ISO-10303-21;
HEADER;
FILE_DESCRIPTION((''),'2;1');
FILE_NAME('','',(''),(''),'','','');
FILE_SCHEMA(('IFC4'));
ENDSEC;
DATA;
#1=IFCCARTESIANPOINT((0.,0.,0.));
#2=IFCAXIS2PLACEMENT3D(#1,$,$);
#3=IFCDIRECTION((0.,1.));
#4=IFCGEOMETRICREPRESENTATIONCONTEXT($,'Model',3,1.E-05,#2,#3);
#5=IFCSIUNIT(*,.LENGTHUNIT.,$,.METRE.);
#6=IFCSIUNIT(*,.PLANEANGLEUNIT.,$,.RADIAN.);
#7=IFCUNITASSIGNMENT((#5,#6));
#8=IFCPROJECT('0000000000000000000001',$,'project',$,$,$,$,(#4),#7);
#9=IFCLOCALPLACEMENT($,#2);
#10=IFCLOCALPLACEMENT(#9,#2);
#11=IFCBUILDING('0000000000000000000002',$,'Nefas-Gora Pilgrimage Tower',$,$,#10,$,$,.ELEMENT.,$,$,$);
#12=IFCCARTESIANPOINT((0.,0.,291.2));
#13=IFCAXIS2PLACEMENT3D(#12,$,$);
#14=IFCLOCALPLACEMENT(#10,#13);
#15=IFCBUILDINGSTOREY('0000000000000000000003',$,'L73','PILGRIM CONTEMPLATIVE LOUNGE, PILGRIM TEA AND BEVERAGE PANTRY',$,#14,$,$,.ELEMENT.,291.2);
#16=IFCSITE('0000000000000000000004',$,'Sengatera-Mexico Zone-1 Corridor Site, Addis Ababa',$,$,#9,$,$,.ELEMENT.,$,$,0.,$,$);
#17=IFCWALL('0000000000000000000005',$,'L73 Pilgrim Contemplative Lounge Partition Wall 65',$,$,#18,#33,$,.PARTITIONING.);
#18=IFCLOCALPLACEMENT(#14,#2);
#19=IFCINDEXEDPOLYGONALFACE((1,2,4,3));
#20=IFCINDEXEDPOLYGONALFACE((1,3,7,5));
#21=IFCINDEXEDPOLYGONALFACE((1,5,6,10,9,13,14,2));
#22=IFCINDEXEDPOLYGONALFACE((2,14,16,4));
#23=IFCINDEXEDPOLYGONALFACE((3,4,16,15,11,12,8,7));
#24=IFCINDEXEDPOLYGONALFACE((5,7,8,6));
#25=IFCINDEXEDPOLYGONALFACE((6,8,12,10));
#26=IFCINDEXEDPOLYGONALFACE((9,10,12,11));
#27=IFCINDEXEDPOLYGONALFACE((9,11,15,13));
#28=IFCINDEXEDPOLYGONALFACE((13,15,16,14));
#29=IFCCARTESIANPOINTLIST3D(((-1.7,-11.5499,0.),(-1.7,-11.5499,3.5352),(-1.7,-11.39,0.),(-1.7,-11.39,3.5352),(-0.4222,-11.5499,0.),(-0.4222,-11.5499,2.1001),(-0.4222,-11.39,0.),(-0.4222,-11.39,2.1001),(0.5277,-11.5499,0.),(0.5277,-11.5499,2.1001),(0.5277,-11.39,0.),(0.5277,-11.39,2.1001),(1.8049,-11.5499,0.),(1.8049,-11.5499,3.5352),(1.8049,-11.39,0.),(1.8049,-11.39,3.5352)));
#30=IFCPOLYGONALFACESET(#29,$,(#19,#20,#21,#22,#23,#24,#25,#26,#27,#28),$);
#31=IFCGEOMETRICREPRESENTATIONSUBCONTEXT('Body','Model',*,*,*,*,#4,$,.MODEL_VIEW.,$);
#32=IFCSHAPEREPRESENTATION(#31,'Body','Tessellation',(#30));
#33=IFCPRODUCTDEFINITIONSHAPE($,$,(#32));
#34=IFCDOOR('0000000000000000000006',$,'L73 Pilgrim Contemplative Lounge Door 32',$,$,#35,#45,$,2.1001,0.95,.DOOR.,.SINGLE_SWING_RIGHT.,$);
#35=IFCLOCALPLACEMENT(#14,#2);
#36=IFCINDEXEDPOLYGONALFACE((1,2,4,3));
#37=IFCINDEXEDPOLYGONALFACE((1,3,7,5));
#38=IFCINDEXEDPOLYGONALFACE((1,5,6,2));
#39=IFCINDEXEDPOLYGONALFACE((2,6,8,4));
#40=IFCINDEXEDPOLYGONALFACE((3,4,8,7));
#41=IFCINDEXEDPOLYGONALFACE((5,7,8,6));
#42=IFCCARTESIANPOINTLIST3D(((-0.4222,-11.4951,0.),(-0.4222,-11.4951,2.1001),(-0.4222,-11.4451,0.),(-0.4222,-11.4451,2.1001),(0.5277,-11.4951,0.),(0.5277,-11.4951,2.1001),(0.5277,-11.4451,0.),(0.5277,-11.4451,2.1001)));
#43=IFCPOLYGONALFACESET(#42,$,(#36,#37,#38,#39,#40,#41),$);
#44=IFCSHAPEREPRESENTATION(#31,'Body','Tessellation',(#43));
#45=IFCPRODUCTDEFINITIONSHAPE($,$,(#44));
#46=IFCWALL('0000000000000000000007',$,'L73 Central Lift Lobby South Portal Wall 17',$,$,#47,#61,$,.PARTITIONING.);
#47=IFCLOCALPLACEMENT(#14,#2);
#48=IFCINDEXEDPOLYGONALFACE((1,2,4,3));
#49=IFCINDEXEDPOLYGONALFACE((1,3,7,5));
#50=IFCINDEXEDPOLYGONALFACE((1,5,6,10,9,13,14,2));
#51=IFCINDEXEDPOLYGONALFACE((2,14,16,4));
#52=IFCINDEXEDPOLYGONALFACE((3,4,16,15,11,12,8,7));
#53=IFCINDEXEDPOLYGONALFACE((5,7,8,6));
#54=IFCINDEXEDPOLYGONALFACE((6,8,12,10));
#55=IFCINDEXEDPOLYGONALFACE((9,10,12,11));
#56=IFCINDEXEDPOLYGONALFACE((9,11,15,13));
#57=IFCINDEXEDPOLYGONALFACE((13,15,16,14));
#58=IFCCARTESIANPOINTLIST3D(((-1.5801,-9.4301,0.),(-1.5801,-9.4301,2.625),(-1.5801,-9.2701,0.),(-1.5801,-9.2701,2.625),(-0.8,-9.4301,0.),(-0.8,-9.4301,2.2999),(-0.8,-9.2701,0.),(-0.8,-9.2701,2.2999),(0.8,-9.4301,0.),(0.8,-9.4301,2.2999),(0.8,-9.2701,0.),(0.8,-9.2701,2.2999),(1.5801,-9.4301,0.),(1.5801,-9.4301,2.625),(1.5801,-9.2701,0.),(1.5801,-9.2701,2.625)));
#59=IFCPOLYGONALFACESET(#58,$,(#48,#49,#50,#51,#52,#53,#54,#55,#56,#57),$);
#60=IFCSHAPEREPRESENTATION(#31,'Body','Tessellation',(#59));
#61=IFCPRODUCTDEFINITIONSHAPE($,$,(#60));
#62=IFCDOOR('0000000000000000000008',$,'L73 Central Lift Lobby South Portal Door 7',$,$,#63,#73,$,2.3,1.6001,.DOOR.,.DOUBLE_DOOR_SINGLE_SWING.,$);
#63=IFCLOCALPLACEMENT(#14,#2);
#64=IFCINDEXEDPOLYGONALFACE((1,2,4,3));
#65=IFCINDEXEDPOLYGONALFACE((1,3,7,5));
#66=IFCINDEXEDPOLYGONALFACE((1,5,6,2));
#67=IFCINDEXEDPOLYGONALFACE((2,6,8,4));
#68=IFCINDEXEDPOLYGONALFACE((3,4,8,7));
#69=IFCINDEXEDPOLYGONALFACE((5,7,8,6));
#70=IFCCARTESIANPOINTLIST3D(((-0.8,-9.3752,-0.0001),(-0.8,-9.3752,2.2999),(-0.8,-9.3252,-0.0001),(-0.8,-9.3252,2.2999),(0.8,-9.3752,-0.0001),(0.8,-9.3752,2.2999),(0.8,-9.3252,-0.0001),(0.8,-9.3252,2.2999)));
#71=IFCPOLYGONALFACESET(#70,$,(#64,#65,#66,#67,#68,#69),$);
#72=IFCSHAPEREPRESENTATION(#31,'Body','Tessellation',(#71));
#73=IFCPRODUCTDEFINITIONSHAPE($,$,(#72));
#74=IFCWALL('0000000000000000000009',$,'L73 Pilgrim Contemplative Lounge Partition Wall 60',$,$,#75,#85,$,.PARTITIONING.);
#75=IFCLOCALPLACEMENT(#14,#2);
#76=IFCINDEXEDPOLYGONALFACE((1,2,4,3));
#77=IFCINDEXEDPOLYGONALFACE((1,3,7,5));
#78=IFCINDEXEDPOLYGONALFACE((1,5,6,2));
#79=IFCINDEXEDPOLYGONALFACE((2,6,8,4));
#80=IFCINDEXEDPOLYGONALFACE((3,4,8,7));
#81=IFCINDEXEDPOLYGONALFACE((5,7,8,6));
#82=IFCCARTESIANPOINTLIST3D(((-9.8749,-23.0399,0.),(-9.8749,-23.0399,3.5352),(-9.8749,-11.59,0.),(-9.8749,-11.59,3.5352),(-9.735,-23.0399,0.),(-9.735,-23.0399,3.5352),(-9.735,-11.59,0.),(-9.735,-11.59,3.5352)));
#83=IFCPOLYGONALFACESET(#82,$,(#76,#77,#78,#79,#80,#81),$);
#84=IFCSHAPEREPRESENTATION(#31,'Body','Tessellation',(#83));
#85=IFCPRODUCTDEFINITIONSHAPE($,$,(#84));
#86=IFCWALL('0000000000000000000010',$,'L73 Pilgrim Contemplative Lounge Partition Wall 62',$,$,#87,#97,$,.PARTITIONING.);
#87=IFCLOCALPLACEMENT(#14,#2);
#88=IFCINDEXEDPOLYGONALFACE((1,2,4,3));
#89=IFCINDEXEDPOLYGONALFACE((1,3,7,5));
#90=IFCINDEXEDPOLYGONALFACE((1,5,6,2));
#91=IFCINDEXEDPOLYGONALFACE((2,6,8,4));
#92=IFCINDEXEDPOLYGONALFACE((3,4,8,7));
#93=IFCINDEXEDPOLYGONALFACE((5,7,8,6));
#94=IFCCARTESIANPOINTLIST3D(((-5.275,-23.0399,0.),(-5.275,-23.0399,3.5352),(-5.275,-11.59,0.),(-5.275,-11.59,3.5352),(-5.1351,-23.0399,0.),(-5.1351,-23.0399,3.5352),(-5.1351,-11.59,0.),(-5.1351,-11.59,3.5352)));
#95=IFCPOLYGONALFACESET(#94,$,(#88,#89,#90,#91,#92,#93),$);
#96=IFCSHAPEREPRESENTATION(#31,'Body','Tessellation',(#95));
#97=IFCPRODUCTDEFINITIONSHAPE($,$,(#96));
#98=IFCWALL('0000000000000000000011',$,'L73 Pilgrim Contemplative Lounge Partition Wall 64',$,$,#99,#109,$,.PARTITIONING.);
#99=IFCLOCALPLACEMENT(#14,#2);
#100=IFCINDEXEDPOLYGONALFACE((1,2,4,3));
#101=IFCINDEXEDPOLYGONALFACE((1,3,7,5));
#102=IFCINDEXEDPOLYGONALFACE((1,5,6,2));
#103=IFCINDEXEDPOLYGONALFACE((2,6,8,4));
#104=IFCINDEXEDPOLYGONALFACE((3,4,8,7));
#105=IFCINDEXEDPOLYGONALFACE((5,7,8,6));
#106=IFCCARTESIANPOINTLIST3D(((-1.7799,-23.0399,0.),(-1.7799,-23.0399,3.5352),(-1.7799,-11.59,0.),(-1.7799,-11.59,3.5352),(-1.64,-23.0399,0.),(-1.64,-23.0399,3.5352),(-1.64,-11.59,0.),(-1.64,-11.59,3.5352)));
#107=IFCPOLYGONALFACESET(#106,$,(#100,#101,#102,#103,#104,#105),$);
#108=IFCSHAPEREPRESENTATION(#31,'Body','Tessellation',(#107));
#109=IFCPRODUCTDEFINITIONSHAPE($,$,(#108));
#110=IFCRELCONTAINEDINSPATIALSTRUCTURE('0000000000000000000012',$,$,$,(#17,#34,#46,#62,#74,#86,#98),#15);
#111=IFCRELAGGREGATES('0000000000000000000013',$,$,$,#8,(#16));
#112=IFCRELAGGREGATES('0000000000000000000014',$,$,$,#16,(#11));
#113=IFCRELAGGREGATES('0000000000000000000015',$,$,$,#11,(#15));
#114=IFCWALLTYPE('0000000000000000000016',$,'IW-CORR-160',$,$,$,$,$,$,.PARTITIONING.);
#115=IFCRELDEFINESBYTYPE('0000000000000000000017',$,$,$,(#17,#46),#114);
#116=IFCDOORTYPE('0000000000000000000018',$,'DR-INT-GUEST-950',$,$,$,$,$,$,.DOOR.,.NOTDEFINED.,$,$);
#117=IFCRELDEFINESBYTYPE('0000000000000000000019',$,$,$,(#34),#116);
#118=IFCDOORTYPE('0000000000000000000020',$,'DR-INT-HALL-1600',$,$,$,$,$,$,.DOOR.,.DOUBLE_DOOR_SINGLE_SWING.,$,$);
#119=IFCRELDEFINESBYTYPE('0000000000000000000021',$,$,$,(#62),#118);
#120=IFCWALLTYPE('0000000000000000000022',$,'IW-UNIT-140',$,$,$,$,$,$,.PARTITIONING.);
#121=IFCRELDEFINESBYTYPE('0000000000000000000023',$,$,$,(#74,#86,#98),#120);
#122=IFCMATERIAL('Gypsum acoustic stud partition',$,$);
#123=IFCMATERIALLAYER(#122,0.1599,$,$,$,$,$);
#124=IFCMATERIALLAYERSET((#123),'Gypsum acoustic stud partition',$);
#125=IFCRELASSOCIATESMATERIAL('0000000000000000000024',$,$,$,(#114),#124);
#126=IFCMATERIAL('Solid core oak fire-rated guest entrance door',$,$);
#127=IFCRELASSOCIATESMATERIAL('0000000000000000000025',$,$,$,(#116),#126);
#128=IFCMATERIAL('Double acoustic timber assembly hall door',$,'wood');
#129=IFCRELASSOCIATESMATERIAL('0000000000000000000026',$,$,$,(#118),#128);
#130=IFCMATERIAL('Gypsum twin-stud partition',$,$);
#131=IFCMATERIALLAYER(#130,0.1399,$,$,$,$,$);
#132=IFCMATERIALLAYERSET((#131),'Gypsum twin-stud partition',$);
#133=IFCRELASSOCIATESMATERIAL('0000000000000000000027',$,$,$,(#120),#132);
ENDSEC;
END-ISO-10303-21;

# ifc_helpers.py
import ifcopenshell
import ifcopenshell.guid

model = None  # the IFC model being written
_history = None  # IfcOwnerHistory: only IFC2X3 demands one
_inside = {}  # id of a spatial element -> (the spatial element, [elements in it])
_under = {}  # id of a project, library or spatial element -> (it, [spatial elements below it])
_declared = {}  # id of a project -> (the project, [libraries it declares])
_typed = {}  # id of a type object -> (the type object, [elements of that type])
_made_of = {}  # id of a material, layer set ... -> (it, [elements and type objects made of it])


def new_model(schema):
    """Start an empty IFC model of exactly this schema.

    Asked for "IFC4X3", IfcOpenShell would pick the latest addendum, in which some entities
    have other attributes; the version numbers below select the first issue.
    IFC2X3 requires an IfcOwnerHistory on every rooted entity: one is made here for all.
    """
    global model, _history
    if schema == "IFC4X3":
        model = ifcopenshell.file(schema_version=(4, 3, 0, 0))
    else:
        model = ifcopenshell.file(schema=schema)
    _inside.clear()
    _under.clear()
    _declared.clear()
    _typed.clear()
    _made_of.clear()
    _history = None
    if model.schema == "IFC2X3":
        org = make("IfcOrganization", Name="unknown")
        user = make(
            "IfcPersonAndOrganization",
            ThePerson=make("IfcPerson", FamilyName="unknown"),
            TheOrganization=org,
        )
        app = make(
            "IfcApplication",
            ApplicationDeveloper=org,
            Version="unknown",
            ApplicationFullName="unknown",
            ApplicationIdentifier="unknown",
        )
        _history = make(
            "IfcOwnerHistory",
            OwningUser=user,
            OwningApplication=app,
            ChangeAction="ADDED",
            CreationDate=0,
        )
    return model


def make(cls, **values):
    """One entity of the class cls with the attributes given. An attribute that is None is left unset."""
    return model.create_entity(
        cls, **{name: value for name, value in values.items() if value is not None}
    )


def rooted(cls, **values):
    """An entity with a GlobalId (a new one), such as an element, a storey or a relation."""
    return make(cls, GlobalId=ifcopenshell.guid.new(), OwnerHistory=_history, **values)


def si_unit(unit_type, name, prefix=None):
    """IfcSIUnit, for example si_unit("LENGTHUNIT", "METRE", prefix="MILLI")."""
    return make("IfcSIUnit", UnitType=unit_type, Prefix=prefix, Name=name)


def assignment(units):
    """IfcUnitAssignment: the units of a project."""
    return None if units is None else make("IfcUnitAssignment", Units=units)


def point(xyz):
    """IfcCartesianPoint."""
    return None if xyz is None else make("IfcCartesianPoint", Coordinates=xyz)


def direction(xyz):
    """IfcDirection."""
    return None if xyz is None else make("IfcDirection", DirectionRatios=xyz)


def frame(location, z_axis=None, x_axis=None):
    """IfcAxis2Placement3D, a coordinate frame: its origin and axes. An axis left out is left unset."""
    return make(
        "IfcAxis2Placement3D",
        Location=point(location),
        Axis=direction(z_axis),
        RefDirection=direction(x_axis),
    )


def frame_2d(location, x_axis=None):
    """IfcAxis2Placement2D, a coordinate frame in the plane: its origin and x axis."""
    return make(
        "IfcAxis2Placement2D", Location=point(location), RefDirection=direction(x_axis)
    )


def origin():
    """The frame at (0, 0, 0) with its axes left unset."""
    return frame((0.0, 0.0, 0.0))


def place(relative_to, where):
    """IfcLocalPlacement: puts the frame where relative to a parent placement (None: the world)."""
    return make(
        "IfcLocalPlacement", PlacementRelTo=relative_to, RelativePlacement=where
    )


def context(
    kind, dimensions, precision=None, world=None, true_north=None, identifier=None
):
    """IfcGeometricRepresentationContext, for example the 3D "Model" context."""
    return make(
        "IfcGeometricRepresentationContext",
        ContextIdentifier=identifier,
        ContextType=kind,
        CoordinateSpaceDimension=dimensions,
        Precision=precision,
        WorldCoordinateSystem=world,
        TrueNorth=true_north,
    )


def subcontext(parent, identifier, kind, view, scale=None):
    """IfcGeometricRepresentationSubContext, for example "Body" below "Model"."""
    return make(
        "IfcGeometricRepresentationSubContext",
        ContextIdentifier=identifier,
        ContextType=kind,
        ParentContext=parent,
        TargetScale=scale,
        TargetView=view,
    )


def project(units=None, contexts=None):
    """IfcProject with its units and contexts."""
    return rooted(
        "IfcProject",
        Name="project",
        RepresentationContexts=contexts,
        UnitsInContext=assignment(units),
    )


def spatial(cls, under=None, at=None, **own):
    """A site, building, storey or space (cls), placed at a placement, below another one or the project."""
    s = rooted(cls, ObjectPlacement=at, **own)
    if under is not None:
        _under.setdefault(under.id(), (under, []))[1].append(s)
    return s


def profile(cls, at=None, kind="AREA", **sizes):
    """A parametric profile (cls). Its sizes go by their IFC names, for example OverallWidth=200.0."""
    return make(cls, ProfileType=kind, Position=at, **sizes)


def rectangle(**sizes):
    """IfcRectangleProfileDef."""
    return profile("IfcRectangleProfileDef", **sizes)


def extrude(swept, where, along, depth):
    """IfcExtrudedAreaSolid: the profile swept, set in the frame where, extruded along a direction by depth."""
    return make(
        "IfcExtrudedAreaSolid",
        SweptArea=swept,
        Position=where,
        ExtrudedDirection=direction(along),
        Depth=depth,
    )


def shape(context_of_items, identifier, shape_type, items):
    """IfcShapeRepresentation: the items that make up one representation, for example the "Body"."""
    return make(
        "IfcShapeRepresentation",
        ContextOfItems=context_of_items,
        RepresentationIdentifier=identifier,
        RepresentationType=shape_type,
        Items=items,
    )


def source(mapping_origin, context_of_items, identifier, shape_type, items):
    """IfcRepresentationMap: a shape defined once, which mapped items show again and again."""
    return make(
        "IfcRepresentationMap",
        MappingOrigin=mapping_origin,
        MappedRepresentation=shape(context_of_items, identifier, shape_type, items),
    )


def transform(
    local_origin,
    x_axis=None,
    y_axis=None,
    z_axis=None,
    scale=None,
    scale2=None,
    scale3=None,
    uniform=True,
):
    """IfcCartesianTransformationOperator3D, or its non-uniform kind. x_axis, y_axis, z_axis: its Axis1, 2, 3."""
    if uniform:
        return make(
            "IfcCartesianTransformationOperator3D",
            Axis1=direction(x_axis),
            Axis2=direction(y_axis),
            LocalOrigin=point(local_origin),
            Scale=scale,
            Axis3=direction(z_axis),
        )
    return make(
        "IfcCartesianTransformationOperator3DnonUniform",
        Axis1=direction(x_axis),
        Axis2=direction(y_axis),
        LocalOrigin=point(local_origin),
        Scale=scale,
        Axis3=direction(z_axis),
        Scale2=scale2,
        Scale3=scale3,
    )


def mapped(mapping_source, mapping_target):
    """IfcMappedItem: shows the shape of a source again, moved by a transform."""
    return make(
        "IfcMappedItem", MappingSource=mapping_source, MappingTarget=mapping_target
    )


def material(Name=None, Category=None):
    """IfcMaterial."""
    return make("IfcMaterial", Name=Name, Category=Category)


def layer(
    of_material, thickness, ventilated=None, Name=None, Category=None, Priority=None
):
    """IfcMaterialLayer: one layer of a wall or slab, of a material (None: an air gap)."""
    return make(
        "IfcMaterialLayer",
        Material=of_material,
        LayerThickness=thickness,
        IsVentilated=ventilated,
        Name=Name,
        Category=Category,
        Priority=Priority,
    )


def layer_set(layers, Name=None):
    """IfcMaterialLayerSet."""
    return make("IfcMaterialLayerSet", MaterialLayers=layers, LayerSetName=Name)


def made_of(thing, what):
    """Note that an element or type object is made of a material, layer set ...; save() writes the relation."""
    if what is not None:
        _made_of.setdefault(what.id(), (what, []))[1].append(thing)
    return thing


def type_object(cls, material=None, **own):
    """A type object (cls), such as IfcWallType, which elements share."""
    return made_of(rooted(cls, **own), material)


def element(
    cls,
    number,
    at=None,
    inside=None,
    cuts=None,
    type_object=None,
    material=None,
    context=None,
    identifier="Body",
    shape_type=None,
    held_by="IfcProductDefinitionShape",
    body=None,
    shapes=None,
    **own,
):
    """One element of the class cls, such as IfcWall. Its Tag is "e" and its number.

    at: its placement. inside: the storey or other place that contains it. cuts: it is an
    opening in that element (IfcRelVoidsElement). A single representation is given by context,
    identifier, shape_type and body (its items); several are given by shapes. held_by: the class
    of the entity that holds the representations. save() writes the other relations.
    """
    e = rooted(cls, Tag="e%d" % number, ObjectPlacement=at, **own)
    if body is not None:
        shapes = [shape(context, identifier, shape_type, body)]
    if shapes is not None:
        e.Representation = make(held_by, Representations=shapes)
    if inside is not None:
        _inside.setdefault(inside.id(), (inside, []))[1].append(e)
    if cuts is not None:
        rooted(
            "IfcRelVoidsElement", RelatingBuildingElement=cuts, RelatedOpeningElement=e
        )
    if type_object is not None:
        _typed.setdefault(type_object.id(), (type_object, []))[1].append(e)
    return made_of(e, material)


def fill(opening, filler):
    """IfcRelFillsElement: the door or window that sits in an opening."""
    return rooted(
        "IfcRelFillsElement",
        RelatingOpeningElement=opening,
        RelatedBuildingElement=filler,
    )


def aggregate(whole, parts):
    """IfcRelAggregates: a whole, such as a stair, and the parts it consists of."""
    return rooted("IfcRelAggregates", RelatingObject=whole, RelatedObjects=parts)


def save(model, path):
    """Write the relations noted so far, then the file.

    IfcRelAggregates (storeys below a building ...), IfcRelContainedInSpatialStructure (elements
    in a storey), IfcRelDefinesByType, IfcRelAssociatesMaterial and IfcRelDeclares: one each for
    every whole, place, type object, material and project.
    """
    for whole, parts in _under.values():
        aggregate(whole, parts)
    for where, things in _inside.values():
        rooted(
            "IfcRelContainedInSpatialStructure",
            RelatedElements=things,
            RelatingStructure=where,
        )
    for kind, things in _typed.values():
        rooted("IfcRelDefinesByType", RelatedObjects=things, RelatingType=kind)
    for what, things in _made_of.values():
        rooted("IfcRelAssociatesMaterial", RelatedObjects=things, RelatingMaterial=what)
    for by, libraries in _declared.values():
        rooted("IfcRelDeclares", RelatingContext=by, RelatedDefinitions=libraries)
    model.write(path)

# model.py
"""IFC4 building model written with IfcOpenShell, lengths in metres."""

from ifc_helpers import new_model, si_unit, direction, frame, frame_2d, origin, place, context, subcontext, project, spatial, rectangle, extrude, source, transform, mapped, material, layer, layer_set, type_object, element, fill, save


model = new_model("IFC4")

# Units and contexts
model_context = context("Model", 3, precision=1e-05, world=origin(), true_north=direction((0.0, 1.0)))
body_context = subcontext(model_context, "Body", "Model", "MODEL_VIEW")
ifc_project = project(units=[si_unit("LENGTHUNIT", "METRE"), si_unit("PLANEANGLEUNIT", "RADIAN")], contexts=[model_context])

# Site, building, storey
site_placement = place(None, origin())
site = spatial("IfcSite", under=ifc_project, at=site_placement, Name="Sengatera-Mexico Zone-1 Corridor Site, Addis Ababa", CompositionType="ELEMENT", RefElevation=0.0)
building_placement = place(site_placement, origin())
building = spatial("IfcBuilding", under=site, at=building_placement, Name="Nefas-Gora Pilgrimage Tower", CompositionType="ELEMENT")
storey_placement = place(building_placement, frame((0.0, 0.0, 291.2)))
storey = spatial("IfcBuildingStorey", under=building, at=storey_placement, Name="L73", Description="PILGRIM CONTEMPLATIVE LOUNGE, PILGRIM TEA AND BEVERAGE PANTRY", CompositionType="ELEMENT", Elevation=291.2)

# Walls, openings, doors
ifc_material_1 = material(Name="Gypsum acoustic stud partition")
ifc_layer_1 = layer(ifc_material_1, 0.1599)
ifc_layer_set_1 = layer_set([ifc_layer_1], Name="Gypsum acoustic stud partition")
wall_type_1 = type_object("IfcWallType", Name="IW-CORR-160", PredefinedType="PARTITIONING", material=ifc_layer_set_1)
ifc_material_2 = material(Name="Solid core oak fire-rated guest entrance door")
door_type_1 = type_object("IfcDoorType", Name="DR-INT-GUEST-950", OperationType="NOTDEFINED", PredefinedType="DOOR", material=ifc_material_2)
shared_shape_1 = source(origin(), body_context, "Body", "SweptSolid", [
    extrude(rectangle(XDim=0.95, YDim=2.1001, at=frame_2d((0.4751, 1.05))), frame((0.0, 0.0249, 0.0), z_axis=(0.0, -1.0, 0.0), x_axis=(1.0, 0.0, 0.0)), (0.0, 0.0, 1.0), 0.05),
])
shared_shape_2 = source(origin(), body_context, "Body", "SweptSolid", [
    extrude(rectangle(XDim=3.5049, YDim=0.1599, at=frame_2d((1.7524, 0.0))), origin(), (0.0, 0.0, 1.0), 3.5352),
])
wall_1_placement = place(storey_placement, frame((-1.7, -11.47, 0.0), z_axis=(0.0, 0.0, 1.0), x_axis=(1.0, 0.0, 0.0)))
wall_1 = element("IfcWall", 1, at=wall_1_placement, inside=storey, type_object=wall_type_1, Name="L73 Pilgrim Contemplative Lounge Partition Wall 65", PredefinedType="PARTITIONING", context=body_context, shape_type="MappedRepresentation", body=[
    mapped(shared_shape_2, transform((0.0, 0.0, 0.0), x_axis=(1.0, 0.0, 0.0), y_axis=(0.0, 1.0, 0.0), z_axis=(0.0, 0.0, 1.0), scale=1.0)),
])
opening_1_placement = place(wall_1_placement, frame((1.2776, 0.0, 0.0)))
opening_1 = element("IfcOpeningElement", 2, at=opening_1_placement, cuts=wall_1, PredefinedType="OPENING", context=body_context, shape_type="SweptSolid", body=[
    extrude(rectangle(XDim=0.95, YDim=2.1001, at=frame_2d((0.4751, 1.05))), frame((0.0, 0.0898, 0.0), z_axis=(0.0, -1.0, 0.0), x_axis=(1.0, 0.0, 0.0)), (0.0, 0.0, 1.0), 0.1799),
])
door_1_placement = place(opening_1_placement, origin())
door_1 = element("IfcDoor", 3, at=door_1_placement, inside=storey, type_object=door_type_1, Name="L73 Pilgrim Contemplative Lounge Door 32", OperationType="SINGLE_SWING_RIGHT", OverallHeight=2.1001, OverallWidth=0.95, PredefinedType="DOOR", context=body_context, shape_type="MappedRepresentation", body=[
    mapped(shared_shape_1, transform((0.0, 0.0, 0.0), x_axis=(1.0, 0.0, 0.0), y_axis=(0.0, 1.0, 0.0), z_axis=(0.0, 0.0, 1.0), scale=1.0)),
])
fill(opening_1, door_1)
shared_shape_3 = source(origin(), body_context, "Body", "SweptSolid", [
    extrude(rectangle(XDim=3.1602, YDim=0.1599, at=frame_2d((1.5801, 0.0))), origin(), (0.0, 0.0, 1.0), 2.625),
])
wall_2_placement = place(storey_placement, frame((-1.5801, -9.3501, 0.0), z_axis=(0.0, 0.0, 1.0), x_axis=(1.0, 0.0, 0.0)))
wall_2 = element("IfcWall", 4, at=wall_2_placement, inside=storey, type_object=wall_type_1, Name="L73 Central Lift Lobby South Portal Wall 17", PredefinedType="PARTITIONING", context=body_context, shape_type="MappedRepresentation", body=[
    mapped(shared_shape_3, transform((0.0, 0.0, 0.0), x_axis=(1.0, 0.0, 0.0), y_axis=(0.0, 1.0, 0.0), z_axis=(0.0, 0.0, 1.0), scale=1.0)),
])
opening_2_placement = place(wall_2_placement, frame((0.78, 0.0, 0.0)))
opening_2 = element("IfcOpeningElement", 5, at=opening_2_placement, cuts=wall_2, PredefinedType="OPENING", context=body_context, shape_type="SweptSolid", body=[
    extrude(rectangle(XDim=1.6001, YDim=2.3, at=frame_2d((0.8, 1.1499))), frame((0.0, 0.0898, 0.0), z_axis=(0.0, -1.0, 0.0), x_axis=(1.0, 0.0, 0.0)), (0.0, 0.0, 1.0), 0.1799),
])
ifc_material_3 = material(Name="Double acoustic timber assembly hall door", Category="wood")
door_type_2 = type_object("IfcDoorType", Name="DR-INT-HALL-1600", OperationType="DOUBLE_DOOR_SINGLE_SWING", PredefinedType="DOOR", material=ifc_material_3)
shared_shape_4 = source(origin(), body_context, "Body", "SweptSolid", [
    extrude(rectangle(XDim=1.6001, YDim=2.3, at=frame_2d((0.8, 1.1499))), frame((0.0, 0.0249, 0.0), z_axis=(0.0, -1.0, 0.0), x_axis=(1.0, 0.0, 0.0)), (0.0, 0.0, 1.0), 0.05),
])
door_2_placement = place(opening_2_placement, origin())
door_2 = element("IfcDoor", 6, at=door_2_placement, inside=storey, type_object=door_type_2, Name="L73 Central Lift Lobby South Portal Door 7", OperationType="DOUBLE_DOOR_SINGLE_SWING", OverallHeight=2.3, OverallWidth=1.6001, PredefinedType="DOOR", context=body_context, shape_type="MappedRepresentation", body=[
    mapped(shared_shape_4, transform((0.0, 0.0, 0.0), x_axis=(1.0, 0.0, 0.0), y_axis=(0.0, 1.0, 0.0), z_axis=(0.0, 0.0, 1.0), scale=1.0)),
])
fill(opening_2, door_2)

# Walls
ifc_material_4 = material(Name="Gypsum twin-stud partition")
ifc_layer_2 = layer(ifc_material_4, 0.1399)
ifc_layer_set_2 = layer_set([ifc_layer_2], Name="Gypsum twin-stud partition")
wall_type_2 = type_object("IfcWallType", Name="IW-UNIT-140", PredefinedType="PARTITIONING", material=ifc_layer_set_2)
shared_shape_5 = source(origin(), body_context, "Body", "SweptSolid", [
    extrude(rectangle(XDim=11.45, YDim=0.1399, at=frame_2d((5.7251, 0.0))), origin(), (0.0, 0.0, 1.0), 3.5352),
])
for number, where, z_axis, x_axis, name in (
    (7, (-9.8049, -23.04, 0.0), (0.0, 0.0, 1.0), (0.0, 1.0, 0.0), "L73 Pilgrim Contemplative Lounge Partition Wall 60"),
    (8, (-5.2051, -23.04, 0.0), (0.0, 0.0, 1.0), (0.0, 1.0, 0.0), "L73 Pilgrim Contemplative Lounge Partition Wall 62"),
    (9, (-1.71, -23.04, 0.0), (0.0, 0.0, 1.0), (0.0, 1.0, 0.0), "L73 Pilgrim Contemplative Lounge Partition Wall 64"),
):
    element("IfcWall", number, at=place(storey_placement, frame(where, z_axis=z_axis, x_axis=x_axis)), inside=storey, type_object=wall_type_2, Name=name, PredefinedType="PARTITIONING", context=body_context, shape_type="MappedRepresentation", body=[
        mapped(shared_shape_5, transform((0.0, 0.0, 0.0), x_axis=(1.0, 0.0, 0.0), y_axis=(0.0, 1.0, 0.0), z_axis=(0.0, 0.0, 1.0), scale=1.0)),
    ])

save(model, "model.ifc")
